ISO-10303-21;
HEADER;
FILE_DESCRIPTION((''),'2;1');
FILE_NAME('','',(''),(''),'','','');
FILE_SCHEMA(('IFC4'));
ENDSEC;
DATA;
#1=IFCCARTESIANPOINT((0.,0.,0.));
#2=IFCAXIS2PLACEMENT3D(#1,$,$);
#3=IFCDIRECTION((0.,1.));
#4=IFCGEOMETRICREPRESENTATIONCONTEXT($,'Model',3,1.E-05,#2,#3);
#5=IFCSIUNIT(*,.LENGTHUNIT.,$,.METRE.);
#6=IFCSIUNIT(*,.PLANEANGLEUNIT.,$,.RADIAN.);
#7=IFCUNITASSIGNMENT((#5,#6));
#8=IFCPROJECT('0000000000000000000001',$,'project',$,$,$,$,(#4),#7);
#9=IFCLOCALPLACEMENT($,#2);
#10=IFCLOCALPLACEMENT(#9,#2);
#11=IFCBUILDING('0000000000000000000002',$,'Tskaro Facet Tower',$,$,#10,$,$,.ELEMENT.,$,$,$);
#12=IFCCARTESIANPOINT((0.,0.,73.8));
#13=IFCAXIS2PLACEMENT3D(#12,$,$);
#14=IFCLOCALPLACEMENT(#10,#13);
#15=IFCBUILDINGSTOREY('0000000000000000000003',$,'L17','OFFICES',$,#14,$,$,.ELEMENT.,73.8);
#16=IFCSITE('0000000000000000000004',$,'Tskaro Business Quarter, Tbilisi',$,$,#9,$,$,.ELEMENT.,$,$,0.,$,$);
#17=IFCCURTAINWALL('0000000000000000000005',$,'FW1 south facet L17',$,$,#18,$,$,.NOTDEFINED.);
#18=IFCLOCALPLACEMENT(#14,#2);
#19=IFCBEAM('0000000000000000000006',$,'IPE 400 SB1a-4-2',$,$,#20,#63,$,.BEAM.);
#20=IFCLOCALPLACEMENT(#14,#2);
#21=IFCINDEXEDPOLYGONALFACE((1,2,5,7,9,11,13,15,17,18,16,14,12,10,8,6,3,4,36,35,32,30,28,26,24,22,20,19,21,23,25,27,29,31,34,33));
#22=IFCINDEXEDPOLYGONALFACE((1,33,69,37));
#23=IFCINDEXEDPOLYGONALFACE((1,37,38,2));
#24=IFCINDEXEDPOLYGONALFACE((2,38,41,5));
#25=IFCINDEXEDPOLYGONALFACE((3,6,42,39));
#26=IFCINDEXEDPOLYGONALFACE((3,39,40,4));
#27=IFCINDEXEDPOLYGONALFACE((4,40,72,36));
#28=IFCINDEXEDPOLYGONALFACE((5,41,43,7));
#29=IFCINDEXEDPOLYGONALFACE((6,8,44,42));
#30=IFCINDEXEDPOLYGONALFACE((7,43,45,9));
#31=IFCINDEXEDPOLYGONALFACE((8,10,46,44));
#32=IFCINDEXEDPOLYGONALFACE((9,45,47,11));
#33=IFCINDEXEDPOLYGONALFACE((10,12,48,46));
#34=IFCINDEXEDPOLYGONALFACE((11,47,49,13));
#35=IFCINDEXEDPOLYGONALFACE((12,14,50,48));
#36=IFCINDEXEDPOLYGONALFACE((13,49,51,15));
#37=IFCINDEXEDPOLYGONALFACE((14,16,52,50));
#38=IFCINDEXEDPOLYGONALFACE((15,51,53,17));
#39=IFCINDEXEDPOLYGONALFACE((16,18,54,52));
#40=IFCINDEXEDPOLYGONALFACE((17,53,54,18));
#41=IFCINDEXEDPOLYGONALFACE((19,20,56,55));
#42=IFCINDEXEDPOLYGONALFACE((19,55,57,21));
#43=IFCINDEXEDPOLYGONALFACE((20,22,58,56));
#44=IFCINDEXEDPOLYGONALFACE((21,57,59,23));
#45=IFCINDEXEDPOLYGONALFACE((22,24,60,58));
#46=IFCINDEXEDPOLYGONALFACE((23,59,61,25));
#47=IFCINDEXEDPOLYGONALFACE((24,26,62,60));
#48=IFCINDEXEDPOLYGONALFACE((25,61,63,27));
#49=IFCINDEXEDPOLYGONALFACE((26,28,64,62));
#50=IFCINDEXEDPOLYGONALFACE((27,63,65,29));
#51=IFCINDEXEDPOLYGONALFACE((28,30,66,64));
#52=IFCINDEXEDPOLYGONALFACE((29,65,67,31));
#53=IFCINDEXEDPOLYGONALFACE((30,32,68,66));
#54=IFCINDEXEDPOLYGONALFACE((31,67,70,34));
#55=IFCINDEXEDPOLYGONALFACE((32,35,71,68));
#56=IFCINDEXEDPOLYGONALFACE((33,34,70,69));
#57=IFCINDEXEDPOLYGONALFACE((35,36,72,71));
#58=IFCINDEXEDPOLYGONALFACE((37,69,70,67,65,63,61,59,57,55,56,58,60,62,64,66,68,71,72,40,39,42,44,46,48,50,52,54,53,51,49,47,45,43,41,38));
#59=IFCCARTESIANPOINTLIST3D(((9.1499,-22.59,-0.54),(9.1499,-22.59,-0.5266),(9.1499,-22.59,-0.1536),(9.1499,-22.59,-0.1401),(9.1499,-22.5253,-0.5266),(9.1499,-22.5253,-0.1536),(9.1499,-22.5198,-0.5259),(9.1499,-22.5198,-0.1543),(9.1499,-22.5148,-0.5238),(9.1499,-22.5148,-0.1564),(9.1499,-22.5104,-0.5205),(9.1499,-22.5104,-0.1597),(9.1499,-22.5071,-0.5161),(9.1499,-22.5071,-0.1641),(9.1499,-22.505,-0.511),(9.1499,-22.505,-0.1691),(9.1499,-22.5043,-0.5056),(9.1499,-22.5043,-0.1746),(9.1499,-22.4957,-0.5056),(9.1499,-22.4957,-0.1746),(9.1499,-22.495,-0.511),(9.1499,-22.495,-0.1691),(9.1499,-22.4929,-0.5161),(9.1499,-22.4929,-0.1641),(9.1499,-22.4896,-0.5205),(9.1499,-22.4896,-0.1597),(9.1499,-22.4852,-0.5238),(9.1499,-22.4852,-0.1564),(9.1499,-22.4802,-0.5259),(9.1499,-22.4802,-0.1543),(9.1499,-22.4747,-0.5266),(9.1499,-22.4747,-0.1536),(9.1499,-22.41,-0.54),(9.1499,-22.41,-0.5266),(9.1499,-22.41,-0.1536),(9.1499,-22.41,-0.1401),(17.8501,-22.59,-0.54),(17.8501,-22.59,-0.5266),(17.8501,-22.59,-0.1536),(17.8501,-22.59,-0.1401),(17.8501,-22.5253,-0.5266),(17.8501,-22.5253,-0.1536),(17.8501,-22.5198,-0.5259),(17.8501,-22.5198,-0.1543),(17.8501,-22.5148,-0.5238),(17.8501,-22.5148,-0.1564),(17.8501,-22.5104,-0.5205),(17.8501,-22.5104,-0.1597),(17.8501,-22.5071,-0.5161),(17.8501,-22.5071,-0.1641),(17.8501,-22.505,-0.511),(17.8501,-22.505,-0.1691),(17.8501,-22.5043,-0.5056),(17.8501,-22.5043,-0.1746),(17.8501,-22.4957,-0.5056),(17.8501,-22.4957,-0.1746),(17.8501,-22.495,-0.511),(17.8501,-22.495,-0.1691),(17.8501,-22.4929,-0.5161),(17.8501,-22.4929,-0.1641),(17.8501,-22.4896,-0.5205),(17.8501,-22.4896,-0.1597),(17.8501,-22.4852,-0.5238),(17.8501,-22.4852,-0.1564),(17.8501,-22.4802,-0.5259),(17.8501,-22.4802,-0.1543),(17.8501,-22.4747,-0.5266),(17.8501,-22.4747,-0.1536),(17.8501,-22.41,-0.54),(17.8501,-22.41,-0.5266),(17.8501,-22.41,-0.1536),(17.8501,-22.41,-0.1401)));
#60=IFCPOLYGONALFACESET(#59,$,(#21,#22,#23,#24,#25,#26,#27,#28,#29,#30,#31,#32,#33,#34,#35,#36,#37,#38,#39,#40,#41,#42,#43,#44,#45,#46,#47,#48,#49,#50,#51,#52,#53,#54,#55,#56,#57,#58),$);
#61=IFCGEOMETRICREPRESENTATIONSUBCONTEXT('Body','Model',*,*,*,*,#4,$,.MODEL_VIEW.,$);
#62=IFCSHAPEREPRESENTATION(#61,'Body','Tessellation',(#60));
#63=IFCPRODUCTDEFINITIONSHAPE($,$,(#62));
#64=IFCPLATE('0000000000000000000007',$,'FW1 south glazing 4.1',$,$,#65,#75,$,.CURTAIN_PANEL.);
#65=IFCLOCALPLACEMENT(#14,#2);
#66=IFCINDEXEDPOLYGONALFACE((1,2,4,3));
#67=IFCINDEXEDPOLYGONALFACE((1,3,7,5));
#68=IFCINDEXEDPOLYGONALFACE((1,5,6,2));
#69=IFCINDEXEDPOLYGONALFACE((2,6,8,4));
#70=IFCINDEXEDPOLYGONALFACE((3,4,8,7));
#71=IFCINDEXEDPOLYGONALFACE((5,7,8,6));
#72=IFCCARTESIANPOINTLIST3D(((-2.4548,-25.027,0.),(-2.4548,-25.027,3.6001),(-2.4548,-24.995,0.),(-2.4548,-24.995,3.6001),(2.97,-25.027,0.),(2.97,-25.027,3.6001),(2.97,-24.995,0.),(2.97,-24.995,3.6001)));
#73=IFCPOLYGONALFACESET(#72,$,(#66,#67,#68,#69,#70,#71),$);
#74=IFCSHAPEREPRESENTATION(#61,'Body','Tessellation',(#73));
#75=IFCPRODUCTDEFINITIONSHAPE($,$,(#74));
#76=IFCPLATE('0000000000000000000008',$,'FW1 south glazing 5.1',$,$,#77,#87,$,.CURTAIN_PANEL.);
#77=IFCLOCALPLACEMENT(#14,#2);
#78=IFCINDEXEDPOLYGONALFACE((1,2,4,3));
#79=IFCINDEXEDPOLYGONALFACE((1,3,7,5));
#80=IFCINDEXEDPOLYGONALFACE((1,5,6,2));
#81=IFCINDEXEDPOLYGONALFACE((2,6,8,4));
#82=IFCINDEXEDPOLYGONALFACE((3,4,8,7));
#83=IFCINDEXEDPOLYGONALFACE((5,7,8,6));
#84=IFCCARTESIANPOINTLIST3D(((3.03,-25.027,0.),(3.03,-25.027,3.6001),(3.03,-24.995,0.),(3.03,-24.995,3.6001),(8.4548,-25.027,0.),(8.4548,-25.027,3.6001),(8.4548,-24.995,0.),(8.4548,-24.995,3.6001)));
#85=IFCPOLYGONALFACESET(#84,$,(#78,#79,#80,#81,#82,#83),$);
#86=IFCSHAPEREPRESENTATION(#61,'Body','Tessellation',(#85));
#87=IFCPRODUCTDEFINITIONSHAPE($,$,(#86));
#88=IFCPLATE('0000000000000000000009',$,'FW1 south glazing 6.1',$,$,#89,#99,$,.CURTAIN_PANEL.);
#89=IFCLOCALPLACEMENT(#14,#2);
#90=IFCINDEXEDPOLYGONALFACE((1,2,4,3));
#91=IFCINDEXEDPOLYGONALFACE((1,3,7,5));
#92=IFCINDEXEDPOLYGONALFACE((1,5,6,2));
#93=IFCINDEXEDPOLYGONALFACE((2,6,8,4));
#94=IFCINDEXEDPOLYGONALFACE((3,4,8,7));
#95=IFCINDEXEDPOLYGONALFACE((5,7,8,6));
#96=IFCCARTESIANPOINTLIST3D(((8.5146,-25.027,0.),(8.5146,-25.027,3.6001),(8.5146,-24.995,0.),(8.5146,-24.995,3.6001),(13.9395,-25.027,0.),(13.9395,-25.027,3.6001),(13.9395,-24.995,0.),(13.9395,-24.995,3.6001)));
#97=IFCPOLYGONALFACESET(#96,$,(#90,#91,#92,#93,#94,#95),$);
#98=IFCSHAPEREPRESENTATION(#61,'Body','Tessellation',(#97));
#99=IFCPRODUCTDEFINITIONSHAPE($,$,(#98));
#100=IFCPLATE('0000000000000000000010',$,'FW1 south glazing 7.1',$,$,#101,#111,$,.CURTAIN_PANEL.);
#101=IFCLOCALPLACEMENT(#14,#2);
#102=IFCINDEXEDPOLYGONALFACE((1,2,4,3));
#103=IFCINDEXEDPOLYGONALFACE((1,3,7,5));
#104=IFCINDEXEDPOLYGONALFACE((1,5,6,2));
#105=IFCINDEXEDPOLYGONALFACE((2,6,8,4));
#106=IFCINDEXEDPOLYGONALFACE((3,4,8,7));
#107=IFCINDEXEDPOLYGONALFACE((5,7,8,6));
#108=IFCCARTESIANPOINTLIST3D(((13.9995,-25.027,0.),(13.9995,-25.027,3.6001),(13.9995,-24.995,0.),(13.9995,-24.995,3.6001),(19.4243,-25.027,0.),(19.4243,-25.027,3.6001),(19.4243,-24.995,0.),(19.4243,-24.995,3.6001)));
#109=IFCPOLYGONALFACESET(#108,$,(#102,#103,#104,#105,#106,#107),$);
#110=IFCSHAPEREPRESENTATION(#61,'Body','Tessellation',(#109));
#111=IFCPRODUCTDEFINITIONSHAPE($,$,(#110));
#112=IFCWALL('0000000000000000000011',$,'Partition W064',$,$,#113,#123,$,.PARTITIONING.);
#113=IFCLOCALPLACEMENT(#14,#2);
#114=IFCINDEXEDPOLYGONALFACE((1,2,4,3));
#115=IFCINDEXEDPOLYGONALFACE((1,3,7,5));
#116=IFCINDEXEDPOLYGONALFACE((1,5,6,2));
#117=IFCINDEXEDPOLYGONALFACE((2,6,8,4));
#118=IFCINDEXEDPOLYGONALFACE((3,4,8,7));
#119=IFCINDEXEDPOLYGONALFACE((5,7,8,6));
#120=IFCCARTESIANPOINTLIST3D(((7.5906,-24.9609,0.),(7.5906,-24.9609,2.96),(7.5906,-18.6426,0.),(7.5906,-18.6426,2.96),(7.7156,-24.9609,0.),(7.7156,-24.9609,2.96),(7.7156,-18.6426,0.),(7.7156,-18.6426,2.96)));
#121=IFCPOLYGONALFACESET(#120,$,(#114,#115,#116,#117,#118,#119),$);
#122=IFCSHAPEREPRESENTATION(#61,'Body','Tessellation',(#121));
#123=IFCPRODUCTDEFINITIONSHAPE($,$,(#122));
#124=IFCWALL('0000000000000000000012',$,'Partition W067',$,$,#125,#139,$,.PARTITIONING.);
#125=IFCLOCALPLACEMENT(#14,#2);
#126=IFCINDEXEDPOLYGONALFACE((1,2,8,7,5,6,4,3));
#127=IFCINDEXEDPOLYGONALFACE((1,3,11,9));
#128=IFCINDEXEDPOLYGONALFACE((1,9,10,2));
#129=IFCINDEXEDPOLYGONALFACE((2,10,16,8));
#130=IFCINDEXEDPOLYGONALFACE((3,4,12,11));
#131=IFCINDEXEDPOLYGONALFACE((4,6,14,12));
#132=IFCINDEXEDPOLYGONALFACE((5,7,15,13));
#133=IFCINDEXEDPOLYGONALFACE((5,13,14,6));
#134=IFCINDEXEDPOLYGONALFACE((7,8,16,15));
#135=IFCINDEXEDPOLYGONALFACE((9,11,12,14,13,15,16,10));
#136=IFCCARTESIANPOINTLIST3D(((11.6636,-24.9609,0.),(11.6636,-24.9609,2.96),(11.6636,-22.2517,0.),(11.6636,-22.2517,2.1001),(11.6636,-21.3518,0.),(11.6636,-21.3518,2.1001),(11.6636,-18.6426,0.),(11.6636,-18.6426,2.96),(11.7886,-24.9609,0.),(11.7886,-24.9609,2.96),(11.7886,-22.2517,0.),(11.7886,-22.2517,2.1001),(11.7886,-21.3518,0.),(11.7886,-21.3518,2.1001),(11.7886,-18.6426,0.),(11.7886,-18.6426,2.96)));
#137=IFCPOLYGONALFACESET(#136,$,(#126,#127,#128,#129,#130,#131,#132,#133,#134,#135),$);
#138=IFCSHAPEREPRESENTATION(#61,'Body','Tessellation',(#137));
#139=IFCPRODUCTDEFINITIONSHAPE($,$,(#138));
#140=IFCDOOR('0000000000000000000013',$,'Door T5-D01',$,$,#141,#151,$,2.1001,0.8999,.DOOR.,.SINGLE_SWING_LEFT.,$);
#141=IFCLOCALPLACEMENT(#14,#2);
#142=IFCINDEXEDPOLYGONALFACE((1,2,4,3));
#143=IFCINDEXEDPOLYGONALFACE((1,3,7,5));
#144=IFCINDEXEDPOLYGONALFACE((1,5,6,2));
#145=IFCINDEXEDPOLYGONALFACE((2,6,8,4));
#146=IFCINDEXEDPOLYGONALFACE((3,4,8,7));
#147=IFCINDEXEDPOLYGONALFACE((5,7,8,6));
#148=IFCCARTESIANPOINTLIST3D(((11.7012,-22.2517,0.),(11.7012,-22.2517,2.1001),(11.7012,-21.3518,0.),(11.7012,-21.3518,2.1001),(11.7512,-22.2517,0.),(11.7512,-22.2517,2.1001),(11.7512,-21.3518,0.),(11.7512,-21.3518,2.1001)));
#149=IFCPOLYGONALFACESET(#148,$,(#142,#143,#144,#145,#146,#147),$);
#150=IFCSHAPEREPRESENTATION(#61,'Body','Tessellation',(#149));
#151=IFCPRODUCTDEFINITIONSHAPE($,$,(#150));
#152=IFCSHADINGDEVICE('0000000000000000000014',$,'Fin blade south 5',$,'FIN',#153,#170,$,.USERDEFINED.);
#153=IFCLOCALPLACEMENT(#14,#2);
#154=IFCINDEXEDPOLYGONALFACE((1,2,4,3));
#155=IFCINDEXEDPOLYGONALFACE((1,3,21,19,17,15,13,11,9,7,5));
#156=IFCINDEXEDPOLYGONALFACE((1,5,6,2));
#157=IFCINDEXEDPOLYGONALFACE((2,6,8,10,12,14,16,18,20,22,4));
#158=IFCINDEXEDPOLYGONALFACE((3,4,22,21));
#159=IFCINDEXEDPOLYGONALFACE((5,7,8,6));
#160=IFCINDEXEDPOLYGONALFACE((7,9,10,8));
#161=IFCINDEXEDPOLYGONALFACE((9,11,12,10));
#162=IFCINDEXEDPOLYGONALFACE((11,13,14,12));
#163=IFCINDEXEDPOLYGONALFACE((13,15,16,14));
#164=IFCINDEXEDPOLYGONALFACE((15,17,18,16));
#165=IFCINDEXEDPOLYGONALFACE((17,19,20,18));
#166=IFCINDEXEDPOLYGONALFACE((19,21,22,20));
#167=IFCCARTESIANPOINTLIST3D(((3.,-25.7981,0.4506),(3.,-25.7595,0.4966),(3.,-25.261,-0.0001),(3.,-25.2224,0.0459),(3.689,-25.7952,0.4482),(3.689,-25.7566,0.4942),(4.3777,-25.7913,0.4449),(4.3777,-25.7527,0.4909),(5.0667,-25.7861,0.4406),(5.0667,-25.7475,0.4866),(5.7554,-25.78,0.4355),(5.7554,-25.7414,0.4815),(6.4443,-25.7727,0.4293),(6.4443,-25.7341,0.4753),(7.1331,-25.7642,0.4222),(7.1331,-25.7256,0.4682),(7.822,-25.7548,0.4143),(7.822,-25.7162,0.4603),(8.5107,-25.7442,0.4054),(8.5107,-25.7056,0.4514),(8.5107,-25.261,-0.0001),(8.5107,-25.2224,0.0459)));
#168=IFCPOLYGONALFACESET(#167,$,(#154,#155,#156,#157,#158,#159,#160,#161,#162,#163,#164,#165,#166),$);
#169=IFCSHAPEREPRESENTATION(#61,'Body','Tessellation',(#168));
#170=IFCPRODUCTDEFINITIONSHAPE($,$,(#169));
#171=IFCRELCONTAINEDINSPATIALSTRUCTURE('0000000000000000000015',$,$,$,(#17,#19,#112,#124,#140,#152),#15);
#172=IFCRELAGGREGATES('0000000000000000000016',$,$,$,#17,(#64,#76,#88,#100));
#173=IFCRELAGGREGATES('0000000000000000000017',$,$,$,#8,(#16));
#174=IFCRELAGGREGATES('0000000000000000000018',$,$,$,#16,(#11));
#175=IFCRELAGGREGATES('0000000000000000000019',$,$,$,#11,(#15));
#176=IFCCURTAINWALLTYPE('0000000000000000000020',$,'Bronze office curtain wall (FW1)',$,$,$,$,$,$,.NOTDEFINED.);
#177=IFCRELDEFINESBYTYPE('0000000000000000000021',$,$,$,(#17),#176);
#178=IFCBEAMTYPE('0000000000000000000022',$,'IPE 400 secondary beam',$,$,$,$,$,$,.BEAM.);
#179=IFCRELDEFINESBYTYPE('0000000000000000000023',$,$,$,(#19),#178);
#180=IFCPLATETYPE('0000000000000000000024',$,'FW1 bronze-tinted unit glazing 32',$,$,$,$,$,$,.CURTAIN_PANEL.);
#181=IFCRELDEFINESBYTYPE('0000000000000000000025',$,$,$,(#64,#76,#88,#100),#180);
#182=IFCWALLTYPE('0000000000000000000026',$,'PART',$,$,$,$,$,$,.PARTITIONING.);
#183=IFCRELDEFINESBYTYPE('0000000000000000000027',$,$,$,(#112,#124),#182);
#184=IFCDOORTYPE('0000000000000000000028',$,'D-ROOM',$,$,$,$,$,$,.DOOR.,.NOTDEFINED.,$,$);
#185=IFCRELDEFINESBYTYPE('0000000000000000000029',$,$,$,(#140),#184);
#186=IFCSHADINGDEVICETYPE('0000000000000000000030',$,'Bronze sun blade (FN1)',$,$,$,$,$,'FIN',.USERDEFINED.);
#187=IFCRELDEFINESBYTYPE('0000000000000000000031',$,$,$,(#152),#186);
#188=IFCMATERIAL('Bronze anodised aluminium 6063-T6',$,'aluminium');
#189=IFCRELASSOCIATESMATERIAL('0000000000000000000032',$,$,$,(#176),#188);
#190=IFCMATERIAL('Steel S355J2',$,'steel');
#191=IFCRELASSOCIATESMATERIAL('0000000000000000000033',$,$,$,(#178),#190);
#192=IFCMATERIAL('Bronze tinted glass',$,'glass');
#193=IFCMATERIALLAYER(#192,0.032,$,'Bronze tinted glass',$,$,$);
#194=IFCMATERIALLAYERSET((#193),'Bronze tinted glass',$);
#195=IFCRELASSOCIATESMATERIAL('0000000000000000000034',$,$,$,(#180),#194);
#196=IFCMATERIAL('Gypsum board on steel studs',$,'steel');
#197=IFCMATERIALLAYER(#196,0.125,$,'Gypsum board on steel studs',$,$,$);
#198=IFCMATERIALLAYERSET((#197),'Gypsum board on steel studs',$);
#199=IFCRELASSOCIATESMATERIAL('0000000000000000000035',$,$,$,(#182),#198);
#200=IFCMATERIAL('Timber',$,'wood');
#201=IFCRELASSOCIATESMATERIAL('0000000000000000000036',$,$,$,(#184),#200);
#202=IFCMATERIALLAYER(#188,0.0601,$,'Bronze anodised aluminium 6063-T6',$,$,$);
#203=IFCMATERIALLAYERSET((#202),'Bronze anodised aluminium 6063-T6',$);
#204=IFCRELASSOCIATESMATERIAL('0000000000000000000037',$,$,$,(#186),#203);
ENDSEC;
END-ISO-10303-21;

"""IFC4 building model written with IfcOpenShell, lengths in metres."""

from ifc_helpers import new_model, si_unit, direction, frame, frame_2d, origin, origin_2d, place, context, subcontext, project, spatial, polyline, rectangle, i_section, outline, extrude, material, layer, layer_set, material_profile, profile_set, type_object, element, fill, aggregate, save


model = new_model("IFC4")

# Units and contexts
model_context = context("Model", 3, precision=1e-05, world=origin(), true_north=direction((0.0, 1.0)))
body_context = subcontext(model_context, "Body", "Model", "MODEL_VIEW")
ifc_project = project(units=[si_unit("LENGTHUNIT", "METRE"), si_unit("PLANEANGLEUNIT", "RADIAN")], contexts=[model_context])

# Site, building, storey
site_placement = place(None, origin())
site = spatial("IfcSite", under=ifc_project, at=site_placement, Name="Tskaro Business Quarter, Tbilisi", CompositionType="ELEMENT", RefElevation=0.0)
building_placement = place(site_placement, origin())
building = spatial("IfcBuilding", under=site, at=building_placement, Name="Tskaro Facet Tower", CompositionType="ELEMENT")
storey_placement = place(building_placement, frame((0.0, 0.0, 73.8)))
storey = spatial("IfcBuildingStorey", under=building, at=storey_placement, Name="L17", Description="OFFICES", CompositionType="ELEMENT", Elevation=73.8)

# Curtain wall
ifc_material_1 = material(Name="Bronze anodised aluminium 6063-T6", Category="aluminium")
curtain_wall_type = type_object("IfcCurtainWallType", Name="Bronze office curtain wall (FW1)", PredefinedType="NOTDEFINED", material=ifc_material_1)
curtain_wall_placement = place(storey_placement, origin())
curtain_wall = element("IfcCurtainWall", 1, at=curtain_wall_placement, inside=storey, type_object=curtain_wall_type, Name="FW1 south facet L17", PredefinedType="NOTDEFINED")

# Beam
ifc_material_2 = material(Name="Steel S355J2", Category="steel")
ifc_material_profile_1 = material_profile(ifc_material_2, i_section(OverallWidth=0.1799, OverallDepth=0.3999, WebThickness=0.0085, FlangeThickness=0.0134, FilletRadius=0.021, at=origin_2d()), Name="IPE 400")
ifc_profile_set_1 = profile_set([ifc_material_profile_1], Name="Steel S355J2")
beam_type_1 = type_object("IfcBeamType", Name="IPE 400 secondary beam", PredefinedType="BEAM", material=ifc_profile_set_1)
for number, where, z_axis, x_axis, name in (
    (2, (9.1499, -22.5, -0.3401), (1.0, 0.0, 0.0), (0.0, 1.0, 0.0), "IPE 400 SB1a-4-2"),
):
    element("IfcBeam", number, at=place(storey_placement, frame(where, z_axis=z_axis, x_axis=x_axis)), inside=storey, type_object=beam_type_1, Name=name, PredefinedType="BEAM", context=body_context, shape_type="SweptSolid", body=[
        extrude(i_section(OverallWidth=0.1799, OverallDepth=0.3999, WebThickness=0.0085, FlangeThickness=0.0134, FilletRadius=0.021, at=origin_2d()), origin(), (0.0, 0.0, 1.0), 8.7002),
    ])

# Plates
ifc_material_3 = material(Name="Bronze tinted glass", Category="glass")
ifc_layer_1 = layer(ifc_material_3, 0.032, Name="Bronze tinted glass")
ifc_layer_set_1 = layer_set([ifc_layer_1], Name="Bronze tinted glass")
plate_type = type_object("IfcPlateType", Name="FW1 bronze-tinted unit glazing 32", PredefinedType="CURTAIN_PANEL", material=ifc_layer_set_1)
plate_1_placement = place(storey_placement, frame((0.2576, -25.011, 0.0), z_axis=(0.0, 0.0, 1.0), x_axis=(1.0, 0.0, 0.0)))
plate_1 = element("IfcPlate", 3, at=plate_1_placement, type_object=plate_type, Name="FW1 south glazing 4.1", PredefinedType="CURTAIN_PANEL", context=body_context, shape_type="SweptSolid", body=[
    extrude(rectangle(XDim=5.4248, YDim=0.032, at=origin_2d()), origin(), (0.0, 0.0, 1.0), 3.6001),
])
plate_2_placement = place(storey_placement, frame((5.7424, -25.011, 0.0), z_axis=(0.0, 0.0, 1.0), x_axis=(1.0, 0.0, 0.0)))
plate_2 = element("IfcPlate", 4, at=plate_2_placement, type_object=plate_type, Name="FW1 south glazing 5.1", PredefinedType="CURTAIN_PANEL", context=body_context, shape_type="SweptSolid", body=[
    extrude(rectangle(XDim=5.4248, YDim=0.032, at=origin_2d()), origin(), (0.0, 0.0, 1.0), 3.6001),
])
plate_3_placement = place(storey_placement, frame((11.2271, -25.011, 0.0), z_axis=(0.0, 0.0, 1.0), x_axis=(1.0, 0.0, 0.0)))
plate_3 = element("IfcPlate", 5, at=plate_3_placement, type_object=plate_type, Name="FW1 south glazing 6.1", PredefinedType="CURTAIN_PANEL", context=body_context, shape_type="SweptSolid", body=[
    extrude(rectangle(XDim=5.4248, YDim=0.032, at=origin_2d()), origin(), (0.0, 0.0, 1.0), 3.6001),
])
plate_4_placement = place(storey_placement, frame((16.7119, -25.011, 0.0), z_axis=(0.0, 0.0, 1.0), x_axis=(1.0, 0.0, 0.0)))
plate_4 = element("IfcPlate", 6, at=plate_4_placement, type_object=plate_type, Name="FW1 south glazing 7.1", PredefinedType="CURTAIN_PANEL", context=body_context, shape_type="SweptSolid", body=[
    extrude(rectangle(XDim=5.4248, YDim=0.032, at=origin_2d()), origin(), (0.0, 0.0, 1.0), 3.6001),
])
aggregate(curtain_wall, [plate_1, plate_2, plate_3, plate_4])

# Wall
ifc_material_4 = material(Name="Gypsum board on steel studs", Category="steel")
ifc_layer_2 = layer(ifc_material_4, 0.125, Name="Gypsum board on steel studs")
ifc_layer_set_2 = layer_set([ifc_layer_2], Name="Gypsum board on steel studs")
wall_type = type_object("IfcWallType", Name="PART", PredefinedType="PARTITIONING", material=ifc_layer_set_2)
wall_1_placement = place(storey_placement, frame((7.6531, -24.9609, 0.0), z_axis=(0.0, 0.0, 1.0), x_axis=(0.0, 1.0, 0.0)))
element("IfcWall", 7, at=wall_1_placement, inside=storey, type_object=wall_type, Name="Partition W064", PredefinedType="PARTITIONING", context=body_context, shape_type="SweptSolid", body=[
    extrude(rectangle(XDim=6.3184, YDim=0.125, at=frame_2d((3.1592, 0.0))), origin(), (0.0, 0.0, 1.0), 2.96),
])

# Wall, opening, door
wall_2_placement = place(storey_placement, frame((11.7261, -24.9609, 0.0), z_axis=(0.0, 0.0, 1.0), x_axis=(0.0, 1.0, 0.0)))
wall_2 = element("IfcWall", 8, at=wall_2_placement, inside=storey, type_object=wall_type, Name="Partition W067", PredefinedType="PARTITIONING", context=body_context, shape_type="SweptSolid", body=[
    extrude(rectangle(XDim=6.3184, YDim=0.125, at=frame_2d((3.1592, 0.0))), origin(), (0.0, 0.0, 1.0), 2.96),
])
opening_placement = place(wall_2_placement, frame((2.7092, 0.0, 0.0)))
opening = element("IfcOpeningElement", 9, at=opening_placement, cuts=wall_2, PredefinedType="OPENING", context=body_context, shape_type="SweptSolid", body=[
    extrude(rectangle(XDim=0.8999, YDim=2.1001, at=frame_2d((0.45, 1.05))), frame((0.0, 0.0725, 0.0), z_axis=(0.0, -1.0, 0.0), x_axis=(1.0, 0.0, 0.0)), (0.0, 0.0, 1.0), 0.145),
])
ifc_material_5 = material(Name="Timber", Category="wood")
door_type = type_object("IfcDoorType", Name="D-ROOM", OperationType="NOTDEFINED", PredefinedType="DOOR", material=ifc_material_5)
door_placement = place(opening_placement, origin())
door = element("IfcDoor", 10, at=door_placement, inside=storey, type_object=door_type, Name="Door T5-D01", OperationType="SINGLE_SWING_LEFT", OverallHeight=2.1001, OverallWidth=0.8999, PredefinedType="DOOR", context=body_context, shape_type="SweptSolid", body=[
    extrude(rectangle(XDim=0.8999, YDim=2.1001, at=frame_2d((0.45, 1.05))), frame((0.0, 0.0249, 0.0), z_axis=(0.0, -1.0, 0.0), x_axis=(1.0, 0.0, 0.0)), (0.0, 0.0, 1.0), 0.05),
])
fill(opening, door)

# Shading device
ifc_layer_3 = layer(ifc_material_1, 0.0601, Name="Bronze anodised aluminium 6063-T6")
ifc_layer_set_3 = layer_set([ifc_layer_3], Name="Bronze anodised aluminium 6063-T6")
shading_device_type = type_object("IfcShadingDeviceType", Name="Bronze sun blade (FN1)", ElementType="FIN", PredefinedType="USERDEFINED", material=ifc_layer_set_3)
shading_device_1_placement = place(storey_placement, frame((3.0, -25.2224, 0.0459), z_axis=(-0.000008, 0.642821, 0.766016), x_axis=(1.0, 0.000005, 0.000006)))
element("IfcShadingDevice", 11, at=shading_device_1_placement, inside=storey, type_object=shading_device_type, Name="Fin blade south 5", ObjectType="FIN", PredefinedType="USERDEFINED", context=body_context, shape_type="SweptSolid", body=[
    extrude(outline(polyline([(0.0, 0.0), (5.5107, 0.0), (5.5107, -0.6308), (4.822, -0.6447), (4.1331, -0.6569), (3.4443, -0.668), (2.7554, -0.6776), (2.0667, -0.6855), (1.3777, -0.6923), (0.689, -0.6973), (0.0, -0.7011), (0.0, 0.0)])), origin(), (0.0, 0.0, -1.0), 0.0601),
])

save(model, "model.ifc")
